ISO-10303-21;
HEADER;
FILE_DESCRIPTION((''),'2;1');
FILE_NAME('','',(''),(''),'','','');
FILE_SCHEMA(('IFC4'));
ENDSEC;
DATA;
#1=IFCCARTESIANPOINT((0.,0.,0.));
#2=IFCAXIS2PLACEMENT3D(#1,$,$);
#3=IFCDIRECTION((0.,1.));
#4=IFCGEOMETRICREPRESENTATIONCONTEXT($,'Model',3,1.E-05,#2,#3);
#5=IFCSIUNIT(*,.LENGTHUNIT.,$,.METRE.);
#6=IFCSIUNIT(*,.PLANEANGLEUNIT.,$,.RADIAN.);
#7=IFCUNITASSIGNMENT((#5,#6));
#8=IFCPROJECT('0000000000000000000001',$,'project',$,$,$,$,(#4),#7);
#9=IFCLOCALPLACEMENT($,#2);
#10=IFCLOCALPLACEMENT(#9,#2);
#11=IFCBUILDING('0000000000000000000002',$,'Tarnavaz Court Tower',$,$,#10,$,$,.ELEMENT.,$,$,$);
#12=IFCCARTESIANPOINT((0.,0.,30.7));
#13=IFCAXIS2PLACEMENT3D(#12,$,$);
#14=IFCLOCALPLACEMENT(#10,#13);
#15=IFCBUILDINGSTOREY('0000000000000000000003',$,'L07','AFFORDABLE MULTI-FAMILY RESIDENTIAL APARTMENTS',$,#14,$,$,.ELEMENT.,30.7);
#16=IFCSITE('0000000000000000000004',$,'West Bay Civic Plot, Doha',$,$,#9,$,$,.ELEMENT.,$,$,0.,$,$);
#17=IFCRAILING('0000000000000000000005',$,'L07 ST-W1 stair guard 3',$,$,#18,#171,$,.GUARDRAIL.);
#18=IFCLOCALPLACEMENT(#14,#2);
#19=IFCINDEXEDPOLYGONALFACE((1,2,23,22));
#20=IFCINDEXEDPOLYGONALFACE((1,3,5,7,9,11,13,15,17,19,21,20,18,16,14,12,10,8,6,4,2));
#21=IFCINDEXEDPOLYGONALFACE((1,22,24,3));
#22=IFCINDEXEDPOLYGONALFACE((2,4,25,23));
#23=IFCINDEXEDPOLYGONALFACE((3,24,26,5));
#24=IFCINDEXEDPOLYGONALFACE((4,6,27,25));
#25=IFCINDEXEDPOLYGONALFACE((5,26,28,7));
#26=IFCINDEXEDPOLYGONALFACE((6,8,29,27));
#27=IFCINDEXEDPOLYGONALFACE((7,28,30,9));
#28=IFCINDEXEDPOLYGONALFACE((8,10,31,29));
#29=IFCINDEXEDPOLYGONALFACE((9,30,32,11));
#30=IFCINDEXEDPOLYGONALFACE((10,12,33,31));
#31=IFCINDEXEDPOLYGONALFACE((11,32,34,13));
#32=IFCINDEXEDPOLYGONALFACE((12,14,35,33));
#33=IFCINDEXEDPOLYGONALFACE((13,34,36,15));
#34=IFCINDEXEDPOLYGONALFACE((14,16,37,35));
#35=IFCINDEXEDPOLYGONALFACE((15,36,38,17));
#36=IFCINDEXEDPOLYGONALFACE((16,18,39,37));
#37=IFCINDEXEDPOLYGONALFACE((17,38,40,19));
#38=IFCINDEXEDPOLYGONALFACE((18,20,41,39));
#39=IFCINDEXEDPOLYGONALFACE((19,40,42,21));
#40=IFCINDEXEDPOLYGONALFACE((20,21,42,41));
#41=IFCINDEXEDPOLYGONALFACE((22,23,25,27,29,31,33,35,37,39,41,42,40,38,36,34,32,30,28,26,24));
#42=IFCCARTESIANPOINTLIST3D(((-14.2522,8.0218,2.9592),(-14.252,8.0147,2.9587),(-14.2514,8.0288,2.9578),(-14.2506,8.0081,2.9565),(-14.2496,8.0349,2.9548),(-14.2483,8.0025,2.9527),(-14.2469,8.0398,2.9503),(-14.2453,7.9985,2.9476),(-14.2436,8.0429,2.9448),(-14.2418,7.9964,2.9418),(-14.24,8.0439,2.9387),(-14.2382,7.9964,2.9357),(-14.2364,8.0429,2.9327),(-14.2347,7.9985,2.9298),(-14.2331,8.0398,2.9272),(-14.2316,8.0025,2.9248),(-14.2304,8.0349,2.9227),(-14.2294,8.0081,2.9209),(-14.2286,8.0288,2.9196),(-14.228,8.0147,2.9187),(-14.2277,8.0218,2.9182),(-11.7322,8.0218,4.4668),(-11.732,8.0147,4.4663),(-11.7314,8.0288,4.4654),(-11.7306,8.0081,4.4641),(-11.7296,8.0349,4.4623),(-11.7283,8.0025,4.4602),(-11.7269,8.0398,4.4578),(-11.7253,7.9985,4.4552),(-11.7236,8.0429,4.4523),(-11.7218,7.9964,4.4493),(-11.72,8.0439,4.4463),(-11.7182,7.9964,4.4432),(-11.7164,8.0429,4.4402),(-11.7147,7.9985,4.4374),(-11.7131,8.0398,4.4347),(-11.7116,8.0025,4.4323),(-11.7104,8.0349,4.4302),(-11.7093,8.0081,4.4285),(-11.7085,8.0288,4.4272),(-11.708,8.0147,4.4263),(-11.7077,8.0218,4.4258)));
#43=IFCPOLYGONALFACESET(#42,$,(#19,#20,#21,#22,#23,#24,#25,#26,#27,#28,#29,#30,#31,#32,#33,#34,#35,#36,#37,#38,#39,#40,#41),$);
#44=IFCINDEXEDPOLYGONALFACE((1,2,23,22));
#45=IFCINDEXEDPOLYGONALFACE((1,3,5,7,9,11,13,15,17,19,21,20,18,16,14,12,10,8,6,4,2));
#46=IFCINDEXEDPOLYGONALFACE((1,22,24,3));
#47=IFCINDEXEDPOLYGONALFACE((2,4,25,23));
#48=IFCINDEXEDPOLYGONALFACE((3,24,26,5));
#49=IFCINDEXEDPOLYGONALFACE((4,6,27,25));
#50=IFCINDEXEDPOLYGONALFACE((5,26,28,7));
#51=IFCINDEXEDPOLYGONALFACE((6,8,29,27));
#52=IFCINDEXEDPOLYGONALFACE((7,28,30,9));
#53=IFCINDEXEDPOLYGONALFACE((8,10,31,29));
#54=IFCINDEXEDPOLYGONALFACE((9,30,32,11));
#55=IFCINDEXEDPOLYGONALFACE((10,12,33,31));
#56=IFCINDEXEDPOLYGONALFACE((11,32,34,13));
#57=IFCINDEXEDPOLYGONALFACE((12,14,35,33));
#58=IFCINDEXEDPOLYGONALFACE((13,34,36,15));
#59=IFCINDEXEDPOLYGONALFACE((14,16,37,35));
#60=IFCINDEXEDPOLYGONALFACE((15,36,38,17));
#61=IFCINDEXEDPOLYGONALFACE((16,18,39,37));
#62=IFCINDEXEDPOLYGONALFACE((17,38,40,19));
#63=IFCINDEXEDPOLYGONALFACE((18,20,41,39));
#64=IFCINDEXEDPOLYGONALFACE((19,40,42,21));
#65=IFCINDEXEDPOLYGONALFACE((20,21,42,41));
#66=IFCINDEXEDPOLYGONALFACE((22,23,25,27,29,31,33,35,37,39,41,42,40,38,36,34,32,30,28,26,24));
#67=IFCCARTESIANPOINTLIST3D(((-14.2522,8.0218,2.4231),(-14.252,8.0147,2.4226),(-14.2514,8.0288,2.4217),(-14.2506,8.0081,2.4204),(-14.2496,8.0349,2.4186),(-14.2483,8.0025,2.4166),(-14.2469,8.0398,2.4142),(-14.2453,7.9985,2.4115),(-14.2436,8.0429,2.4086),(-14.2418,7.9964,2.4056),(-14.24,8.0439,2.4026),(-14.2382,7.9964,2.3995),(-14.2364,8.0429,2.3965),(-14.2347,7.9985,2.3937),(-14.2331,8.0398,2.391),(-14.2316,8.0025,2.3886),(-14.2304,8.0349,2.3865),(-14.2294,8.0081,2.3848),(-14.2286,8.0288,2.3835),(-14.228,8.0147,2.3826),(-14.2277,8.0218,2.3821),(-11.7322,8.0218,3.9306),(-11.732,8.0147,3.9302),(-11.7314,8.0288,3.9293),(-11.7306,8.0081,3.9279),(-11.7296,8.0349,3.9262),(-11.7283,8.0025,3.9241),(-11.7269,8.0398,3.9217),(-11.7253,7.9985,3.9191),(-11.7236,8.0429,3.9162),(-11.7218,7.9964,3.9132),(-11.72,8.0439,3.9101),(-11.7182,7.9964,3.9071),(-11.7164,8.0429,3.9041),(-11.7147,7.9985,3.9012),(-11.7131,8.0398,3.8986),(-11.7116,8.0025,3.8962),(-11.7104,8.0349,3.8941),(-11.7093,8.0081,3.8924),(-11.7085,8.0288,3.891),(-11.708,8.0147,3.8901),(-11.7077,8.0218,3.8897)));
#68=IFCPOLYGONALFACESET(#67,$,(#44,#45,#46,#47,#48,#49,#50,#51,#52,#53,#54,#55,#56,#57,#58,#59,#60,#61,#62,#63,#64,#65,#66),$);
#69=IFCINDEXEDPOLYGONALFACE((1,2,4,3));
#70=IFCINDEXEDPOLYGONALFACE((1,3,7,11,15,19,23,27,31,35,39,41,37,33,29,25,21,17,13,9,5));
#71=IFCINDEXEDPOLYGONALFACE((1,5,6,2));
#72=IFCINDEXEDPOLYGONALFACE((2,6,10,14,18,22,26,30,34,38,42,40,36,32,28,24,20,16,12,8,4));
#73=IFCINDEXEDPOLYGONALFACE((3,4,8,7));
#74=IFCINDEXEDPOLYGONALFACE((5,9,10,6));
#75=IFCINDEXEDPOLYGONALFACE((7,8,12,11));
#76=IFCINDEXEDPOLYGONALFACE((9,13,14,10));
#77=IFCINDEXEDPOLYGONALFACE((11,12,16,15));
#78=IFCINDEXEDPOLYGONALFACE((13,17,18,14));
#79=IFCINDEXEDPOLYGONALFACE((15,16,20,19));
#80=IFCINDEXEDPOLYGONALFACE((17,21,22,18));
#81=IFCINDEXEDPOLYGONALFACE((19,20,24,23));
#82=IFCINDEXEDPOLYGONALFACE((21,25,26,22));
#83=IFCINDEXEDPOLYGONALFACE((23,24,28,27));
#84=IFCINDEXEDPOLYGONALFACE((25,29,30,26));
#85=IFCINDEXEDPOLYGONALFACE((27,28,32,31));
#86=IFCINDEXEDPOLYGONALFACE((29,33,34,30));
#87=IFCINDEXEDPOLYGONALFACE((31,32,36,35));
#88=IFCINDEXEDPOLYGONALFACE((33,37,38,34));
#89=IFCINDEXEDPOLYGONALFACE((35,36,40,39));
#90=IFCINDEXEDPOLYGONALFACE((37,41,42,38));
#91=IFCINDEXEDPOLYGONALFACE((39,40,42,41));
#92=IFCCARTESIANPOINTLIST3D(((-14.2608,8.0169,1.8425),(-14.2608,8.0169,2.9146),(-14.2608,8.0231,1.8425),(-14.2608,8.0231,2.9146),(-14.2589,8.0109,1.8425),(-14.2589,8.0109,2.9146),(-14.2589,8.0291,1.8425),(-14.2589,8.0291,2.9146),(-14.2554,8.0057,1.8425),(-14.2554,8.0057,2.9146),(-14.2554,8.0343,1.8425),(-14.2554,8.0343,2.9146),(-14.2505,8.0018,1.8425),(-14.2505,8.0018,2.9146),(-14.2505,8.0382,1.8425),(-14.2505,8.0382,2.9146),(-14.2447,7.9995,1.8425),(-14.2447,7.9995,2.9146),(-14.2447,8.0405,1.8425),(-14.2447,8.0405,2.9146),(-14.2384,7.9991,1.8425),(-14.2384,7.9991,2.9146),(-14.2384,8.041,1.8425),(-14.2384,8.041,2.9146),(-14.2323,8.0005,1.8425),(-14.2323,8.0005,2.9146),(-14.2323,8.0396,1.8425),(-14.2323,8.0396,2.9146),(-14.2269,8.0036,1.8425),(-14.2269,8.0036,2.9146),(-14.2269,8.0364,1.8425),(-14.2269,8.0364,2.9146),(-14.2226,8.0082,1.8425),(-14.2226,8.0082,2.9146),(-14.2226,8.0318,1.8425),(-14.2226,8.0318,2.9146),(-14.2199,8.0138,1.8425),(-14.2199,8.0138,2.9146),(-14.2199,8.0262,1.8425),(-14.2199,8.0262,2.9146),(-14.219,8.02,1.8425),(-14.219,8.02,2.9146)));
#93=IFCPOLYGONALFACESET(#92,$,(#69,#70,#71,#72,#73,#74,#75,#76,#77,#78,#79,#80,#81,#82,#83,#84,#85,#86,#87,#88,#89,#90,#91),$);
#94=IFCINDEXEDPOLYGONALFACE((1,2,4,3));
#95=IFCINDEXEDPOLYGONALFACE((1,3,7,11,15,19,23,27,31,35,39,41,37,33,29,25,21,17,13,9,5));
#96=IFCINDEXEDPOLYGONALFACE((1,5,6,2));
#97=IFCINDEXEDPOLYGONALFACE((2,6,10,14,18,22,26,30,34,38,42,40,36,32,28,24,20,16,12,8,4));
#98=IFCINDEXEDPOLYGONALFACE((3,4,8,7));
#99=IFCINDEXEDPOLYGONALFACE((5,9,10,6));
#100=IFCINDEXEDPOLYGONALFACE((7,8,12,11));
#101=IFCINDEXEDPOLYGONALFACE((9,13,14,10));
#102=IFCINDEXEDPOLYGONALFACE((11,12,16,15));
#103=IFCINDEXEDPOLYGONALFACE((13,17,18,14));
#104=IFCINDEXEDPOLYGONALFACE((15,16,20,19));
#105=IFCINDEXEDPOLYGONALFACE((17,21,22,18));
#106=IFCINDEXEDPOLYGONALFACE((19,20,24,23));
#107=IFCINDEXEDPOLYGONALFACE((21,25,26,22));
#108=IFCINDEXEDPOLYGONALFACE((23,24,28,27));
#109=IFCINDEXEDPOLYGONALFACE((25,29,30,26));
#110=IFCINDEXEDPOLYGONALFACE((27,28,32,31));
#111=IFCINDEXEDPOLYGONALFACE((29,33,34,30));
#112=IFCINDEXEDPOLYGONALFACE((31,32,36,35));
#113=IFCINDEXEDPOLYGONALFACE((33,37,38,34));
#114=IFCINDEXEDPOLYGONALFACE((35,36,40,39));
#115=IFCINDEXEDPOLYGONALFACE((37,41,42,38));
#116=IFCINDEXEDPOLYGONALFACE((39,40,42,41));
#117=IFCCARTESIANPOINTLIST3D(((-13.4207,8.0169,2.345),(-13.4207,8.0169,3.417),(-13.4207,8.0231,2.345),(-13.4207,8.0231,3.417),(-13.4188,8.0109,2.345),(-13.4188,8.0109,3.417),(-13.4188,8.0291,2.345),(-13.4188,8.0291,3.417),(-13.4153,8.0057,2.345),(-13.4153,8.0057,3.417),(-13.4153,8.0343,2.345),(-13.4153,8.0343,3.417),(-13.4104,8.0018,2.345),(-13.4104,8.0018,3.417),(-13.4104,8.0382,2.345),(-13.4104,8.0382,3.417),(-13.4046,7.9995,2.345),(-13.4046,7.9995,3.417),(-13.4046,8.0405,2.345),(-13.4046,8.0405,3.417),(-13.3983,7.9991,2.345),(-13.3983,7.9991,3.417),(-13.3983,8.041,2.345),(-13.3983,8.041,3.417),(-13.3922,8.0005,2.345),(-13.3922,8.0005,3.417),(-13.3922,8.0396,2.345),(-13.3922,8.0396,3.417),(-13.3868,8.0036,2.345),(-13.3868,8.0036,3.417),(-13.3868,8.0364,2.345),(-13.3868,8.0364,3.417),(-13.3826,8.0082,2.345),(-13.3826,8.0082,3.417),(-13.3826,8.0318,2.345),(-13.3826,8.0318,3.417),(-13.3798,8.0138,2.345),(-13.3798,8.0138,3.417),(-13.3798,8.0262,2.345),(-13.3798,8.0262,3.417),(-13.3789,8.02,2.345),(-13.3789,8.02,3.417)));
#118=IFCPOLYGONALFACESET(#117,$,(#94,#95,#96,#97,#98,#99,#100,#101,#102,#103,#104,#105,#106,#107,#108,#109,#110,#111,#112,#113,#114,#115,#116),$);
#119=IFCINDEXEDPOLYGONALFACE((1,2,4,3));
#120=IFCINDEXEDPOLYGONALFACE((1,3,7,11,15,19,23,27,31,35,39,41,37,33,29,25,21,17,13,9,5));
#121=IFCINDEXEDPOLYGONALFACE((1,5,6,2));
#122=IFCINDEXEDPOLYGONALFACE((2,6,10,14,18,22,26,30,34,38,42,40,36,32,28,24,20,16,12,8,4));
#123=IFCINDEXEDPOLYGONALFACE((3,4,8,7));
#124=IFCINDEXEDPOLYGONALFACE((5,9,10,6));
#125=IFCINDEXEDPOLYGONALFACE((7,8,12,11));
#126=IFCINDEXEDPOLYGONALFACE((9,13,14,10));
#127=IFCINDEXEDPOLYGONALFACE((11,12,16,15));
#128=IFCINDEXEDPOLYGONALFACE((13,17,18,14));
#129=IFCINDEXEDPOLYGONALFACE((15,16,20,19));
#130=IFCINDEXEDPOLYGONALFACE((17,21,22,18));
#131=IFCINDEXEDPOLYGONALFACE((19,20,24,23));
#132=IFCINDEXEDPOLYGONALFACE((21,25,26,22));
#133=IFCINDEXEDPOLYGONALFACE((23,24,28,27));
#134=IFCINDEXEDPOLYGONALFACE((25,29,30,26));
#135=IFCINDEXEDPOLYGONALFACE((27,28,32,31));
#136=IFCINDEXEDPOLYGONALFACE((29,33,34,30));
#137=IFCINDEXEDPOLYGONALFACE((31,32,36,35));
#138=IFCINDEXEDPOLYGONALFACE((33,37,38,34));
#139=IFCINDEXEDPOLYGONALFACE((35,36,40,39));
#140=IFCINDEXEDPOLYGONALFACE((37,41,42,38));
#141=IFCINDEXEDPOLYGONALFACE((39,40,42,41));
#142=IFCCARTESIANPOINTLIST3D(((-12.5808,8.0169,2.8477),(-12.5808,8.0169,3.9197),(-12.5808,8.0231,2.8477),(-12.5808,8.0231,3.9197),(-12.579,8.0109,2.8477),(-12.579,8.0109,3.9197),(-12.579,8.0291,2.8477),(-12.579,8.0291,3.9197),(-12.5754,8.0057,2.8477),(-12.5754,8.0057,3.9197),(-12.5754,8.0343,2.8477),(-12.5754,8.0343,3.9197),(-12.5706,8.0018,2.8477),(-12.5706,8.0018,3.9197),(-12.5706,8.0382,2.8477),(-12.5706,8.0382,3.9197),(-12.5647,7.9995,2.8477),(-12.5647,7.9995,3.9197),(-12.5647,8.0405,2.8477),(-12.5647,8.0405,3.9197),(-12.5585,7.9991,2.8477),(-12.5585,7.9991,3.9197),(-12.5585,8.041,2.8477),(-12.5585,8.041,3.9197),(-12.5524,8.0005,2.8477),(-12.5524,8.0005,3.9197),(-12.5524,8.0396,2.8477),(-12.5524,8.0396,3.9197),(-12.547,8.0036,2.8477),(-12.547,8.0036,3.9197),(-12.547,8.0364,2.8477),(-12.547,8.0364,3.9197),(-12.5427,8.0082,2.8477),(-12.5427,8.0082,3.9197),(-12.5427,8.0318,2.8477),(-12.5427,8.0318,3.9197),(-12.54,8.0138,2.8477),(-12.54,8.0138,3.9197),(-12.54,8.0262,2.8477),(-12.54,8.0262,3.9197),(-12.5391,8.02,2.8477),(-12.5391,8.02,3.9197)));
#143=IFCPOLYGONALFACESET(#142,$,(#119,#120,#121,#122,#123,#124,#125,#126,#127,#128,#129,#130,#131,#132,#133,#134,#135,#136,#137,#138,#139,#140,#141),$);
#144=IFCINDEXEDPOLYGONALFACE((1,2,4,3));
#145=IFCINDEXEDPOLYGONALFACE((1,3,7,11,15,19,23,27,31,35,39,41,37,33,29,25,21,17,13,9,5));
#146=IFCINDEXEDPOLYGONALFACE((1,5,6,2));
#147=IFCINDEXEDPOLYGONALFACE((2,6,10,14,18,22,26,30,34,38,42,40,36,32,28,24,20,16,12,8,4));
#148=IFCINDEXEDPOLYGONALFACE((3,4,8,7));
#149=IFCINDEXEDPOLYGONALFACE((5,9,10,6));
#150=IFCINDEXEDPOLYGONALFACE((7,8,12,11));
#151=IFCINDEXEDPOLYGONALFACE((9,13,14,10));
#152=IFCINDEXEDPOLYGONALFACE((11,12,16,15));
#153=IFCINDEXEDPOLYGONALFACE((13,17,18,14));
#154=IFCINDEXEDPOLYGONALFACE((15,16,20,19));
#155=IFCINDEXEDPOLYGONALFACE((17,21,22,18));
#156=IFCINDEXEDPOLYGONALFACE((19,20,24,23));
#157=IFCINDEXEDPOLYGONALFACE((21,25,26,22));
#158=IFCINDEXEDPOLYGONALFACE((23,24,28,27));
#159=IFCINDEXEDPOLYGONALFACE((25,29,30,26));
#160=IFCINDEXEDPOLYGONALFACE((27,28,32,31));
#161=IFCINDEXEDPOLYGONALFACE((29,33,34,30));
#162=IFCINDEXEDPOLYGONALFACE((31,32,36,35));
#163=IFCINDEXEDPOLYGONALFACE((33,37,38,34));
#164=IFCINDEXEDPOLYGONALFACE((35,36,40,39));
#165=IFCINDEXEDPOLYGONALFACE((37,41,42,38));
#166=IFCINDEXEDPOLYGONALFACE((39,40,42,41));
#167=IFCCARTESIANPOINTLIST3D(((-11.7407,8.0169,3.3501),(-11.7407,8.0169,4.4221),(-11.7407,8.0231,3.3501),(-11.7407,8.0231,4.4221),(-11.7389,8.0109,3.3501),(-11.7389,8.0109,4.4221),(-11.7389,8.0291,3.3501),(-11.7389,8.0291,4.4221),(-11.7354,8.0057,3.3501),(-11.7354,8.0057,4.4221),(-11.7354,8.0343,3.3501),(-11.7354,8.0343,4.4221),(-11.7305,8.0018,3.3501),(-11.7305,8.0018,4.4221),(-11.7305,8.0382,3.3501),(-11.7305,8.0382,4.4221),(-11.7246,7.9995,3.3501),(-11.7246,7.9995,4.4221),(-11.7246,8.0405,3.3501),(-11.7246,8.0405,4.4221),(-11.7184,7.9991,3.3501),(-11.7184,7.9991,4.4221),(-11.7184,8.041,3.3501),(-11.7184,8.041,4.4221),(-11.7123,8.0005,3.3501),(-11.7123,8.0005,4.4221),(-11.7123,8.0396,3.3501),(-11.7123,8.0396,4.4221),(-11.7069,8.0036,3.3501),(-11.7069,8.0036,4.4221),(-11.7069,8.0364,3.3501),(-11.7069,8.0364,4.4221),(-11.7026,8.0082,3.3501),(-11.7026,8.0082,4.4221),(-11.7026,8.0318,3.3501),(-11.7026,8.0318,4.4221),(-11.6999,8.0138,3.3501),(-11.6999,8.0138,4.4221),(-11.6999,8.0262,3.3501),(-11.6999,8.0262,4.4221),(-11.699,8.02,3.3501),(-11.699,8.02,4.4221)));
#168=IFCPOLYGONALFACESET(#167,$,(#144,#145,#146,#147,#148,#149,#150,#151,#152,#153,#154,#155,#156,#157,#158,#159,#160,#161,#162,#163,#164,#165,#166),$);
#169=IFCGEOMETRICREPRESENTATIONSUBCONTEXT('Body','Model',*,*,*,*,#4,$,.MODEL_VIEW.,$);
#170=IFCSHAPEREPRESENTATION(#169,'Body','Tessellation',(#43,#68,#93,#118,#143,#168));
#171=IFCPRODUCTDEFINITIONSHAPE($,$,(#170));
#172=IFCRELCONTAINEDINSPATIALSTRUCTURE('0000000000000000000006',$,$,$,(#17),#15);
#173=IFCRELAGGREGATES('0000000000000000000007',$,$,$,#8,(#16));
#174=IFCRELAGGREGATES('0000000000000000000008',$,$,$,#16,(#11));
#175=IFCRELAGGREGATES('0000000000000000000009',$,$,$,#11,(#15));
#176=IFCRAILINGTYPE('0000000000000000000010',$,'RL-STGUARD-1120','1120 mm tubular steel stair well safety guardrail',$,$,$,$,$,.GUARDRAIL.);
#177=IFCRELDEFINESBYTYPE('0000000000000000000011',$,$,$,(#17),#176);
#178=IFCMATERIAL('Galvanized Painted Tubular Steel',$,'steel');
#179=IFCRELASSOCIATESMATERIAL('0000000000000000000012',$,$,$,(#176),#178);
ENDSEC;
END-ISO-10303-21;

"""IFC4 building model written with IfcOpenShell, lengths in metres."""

from ifc_helpers import new_model, si_unit, direction, frame, origin, origin_2d, place, context, subcontext, project, spatial, circle, extrude, material, type_object, element, save


model = new_model("IFC4")

# Units and contexts
model_context = context("Model", 3, precision=1e-05, world=origin(), true_north=direction((0.0, 1.0)))
body_context = subcontext(model_context, "Body", "Model", "MODEL_VIEW")
ifc_project = project(units=[si_unit("LENGTHUNIT", "METRE"), si_unit("PLANEANGLEUNIT", "RADIAN")], contexts=[model_context])

# Site, building, storey
site_placement = place(None, origin())
site = spatial("IfcSite", under=ifc_project, at=site_placement, Name="West Bay Civic Plot, Doha", CompositionType="ELEMENT", RefElevation=0.0)
building_placement = place(site_placement, origin())
building = spatial("IfcBuilding", under=site, at=building_placement, Name="Tarnavaz Court Tower", CompositionType="ELEMENT")
storey_placement = place(building_placement, frame((0.0, 0.0, 30.7)))
storey = spatial("IfcBuildingStorey", under=building, at=storey_placement, Name="L07", Description="AFFORDABLE MULTI-FAMILY RESIDENTIAL APARTMENTS", CompositionType="ELEMENT", Elevation=30.7)

# Railing
ifc_material_1 = material(Name="Galvanized Painted Tubular Steel", Category="steel")
railing_type_1 = type_object("IfcRailingType", Name="RL-STGUARD-1120", Description="1120 mm tubular steel stair well safety guardrail", PredefinedType="GUARDRAIL", material=ifc_material_1)
railing_1_placement = place(storey_placement, frame((-14.24, 8.02, 1.8425)))
element("IfcRailing", 1, at=railing_1_placement, inside=storey, type_object=railing_type_1, Name="L07 ST-W1 stair guard 3", PredefinedType="GUARDRAIL", context=body_context, shape_type="SweptSolid", body=[
    extrude(circle(Radius=0.0239, at=origin_2d()), frame((0.0, 0.0, 1.0962), z_axis=(0.85816, 0.0, 0.513383), x_axis=(0.0, 1.0, 0.0)), (0.0, 0.0, 1.0), 2.9365),
    extrude(circle(Radius=0.0239, at=origin_2d()), frame((0.0, 0.0, 0.5601), z_axis=(0.85816, 0.0, 0.513383), x_axis=(0.0, 1.0, 0.0)), (0.0, 0.0, 1.0), 2.9365),
    extrude(circle(Radius=0.021, at=origin_2d()), origin(), (0.0, 0.0, 1.0), 1.072),
    extrude(circle(Radius=0.021, at=origin_2d()), frame((0.8401, 0.0, 0.5024)), (0.0, 0.0, 1.0), 1.072),
    extrude(circle(Radius=0.021, at=origin_2d()), frame((1.6799, 0.0, 1.0051)), (0.0, 0.0, 1.0), 1.072),
    extrude(circle(Radius=0.021, at=origin_2d()), frame((2.52, 0.0, 1.5076)), (0.0, 0.0, 1.0), 1.072),
])

save(model, "model.ifc")
